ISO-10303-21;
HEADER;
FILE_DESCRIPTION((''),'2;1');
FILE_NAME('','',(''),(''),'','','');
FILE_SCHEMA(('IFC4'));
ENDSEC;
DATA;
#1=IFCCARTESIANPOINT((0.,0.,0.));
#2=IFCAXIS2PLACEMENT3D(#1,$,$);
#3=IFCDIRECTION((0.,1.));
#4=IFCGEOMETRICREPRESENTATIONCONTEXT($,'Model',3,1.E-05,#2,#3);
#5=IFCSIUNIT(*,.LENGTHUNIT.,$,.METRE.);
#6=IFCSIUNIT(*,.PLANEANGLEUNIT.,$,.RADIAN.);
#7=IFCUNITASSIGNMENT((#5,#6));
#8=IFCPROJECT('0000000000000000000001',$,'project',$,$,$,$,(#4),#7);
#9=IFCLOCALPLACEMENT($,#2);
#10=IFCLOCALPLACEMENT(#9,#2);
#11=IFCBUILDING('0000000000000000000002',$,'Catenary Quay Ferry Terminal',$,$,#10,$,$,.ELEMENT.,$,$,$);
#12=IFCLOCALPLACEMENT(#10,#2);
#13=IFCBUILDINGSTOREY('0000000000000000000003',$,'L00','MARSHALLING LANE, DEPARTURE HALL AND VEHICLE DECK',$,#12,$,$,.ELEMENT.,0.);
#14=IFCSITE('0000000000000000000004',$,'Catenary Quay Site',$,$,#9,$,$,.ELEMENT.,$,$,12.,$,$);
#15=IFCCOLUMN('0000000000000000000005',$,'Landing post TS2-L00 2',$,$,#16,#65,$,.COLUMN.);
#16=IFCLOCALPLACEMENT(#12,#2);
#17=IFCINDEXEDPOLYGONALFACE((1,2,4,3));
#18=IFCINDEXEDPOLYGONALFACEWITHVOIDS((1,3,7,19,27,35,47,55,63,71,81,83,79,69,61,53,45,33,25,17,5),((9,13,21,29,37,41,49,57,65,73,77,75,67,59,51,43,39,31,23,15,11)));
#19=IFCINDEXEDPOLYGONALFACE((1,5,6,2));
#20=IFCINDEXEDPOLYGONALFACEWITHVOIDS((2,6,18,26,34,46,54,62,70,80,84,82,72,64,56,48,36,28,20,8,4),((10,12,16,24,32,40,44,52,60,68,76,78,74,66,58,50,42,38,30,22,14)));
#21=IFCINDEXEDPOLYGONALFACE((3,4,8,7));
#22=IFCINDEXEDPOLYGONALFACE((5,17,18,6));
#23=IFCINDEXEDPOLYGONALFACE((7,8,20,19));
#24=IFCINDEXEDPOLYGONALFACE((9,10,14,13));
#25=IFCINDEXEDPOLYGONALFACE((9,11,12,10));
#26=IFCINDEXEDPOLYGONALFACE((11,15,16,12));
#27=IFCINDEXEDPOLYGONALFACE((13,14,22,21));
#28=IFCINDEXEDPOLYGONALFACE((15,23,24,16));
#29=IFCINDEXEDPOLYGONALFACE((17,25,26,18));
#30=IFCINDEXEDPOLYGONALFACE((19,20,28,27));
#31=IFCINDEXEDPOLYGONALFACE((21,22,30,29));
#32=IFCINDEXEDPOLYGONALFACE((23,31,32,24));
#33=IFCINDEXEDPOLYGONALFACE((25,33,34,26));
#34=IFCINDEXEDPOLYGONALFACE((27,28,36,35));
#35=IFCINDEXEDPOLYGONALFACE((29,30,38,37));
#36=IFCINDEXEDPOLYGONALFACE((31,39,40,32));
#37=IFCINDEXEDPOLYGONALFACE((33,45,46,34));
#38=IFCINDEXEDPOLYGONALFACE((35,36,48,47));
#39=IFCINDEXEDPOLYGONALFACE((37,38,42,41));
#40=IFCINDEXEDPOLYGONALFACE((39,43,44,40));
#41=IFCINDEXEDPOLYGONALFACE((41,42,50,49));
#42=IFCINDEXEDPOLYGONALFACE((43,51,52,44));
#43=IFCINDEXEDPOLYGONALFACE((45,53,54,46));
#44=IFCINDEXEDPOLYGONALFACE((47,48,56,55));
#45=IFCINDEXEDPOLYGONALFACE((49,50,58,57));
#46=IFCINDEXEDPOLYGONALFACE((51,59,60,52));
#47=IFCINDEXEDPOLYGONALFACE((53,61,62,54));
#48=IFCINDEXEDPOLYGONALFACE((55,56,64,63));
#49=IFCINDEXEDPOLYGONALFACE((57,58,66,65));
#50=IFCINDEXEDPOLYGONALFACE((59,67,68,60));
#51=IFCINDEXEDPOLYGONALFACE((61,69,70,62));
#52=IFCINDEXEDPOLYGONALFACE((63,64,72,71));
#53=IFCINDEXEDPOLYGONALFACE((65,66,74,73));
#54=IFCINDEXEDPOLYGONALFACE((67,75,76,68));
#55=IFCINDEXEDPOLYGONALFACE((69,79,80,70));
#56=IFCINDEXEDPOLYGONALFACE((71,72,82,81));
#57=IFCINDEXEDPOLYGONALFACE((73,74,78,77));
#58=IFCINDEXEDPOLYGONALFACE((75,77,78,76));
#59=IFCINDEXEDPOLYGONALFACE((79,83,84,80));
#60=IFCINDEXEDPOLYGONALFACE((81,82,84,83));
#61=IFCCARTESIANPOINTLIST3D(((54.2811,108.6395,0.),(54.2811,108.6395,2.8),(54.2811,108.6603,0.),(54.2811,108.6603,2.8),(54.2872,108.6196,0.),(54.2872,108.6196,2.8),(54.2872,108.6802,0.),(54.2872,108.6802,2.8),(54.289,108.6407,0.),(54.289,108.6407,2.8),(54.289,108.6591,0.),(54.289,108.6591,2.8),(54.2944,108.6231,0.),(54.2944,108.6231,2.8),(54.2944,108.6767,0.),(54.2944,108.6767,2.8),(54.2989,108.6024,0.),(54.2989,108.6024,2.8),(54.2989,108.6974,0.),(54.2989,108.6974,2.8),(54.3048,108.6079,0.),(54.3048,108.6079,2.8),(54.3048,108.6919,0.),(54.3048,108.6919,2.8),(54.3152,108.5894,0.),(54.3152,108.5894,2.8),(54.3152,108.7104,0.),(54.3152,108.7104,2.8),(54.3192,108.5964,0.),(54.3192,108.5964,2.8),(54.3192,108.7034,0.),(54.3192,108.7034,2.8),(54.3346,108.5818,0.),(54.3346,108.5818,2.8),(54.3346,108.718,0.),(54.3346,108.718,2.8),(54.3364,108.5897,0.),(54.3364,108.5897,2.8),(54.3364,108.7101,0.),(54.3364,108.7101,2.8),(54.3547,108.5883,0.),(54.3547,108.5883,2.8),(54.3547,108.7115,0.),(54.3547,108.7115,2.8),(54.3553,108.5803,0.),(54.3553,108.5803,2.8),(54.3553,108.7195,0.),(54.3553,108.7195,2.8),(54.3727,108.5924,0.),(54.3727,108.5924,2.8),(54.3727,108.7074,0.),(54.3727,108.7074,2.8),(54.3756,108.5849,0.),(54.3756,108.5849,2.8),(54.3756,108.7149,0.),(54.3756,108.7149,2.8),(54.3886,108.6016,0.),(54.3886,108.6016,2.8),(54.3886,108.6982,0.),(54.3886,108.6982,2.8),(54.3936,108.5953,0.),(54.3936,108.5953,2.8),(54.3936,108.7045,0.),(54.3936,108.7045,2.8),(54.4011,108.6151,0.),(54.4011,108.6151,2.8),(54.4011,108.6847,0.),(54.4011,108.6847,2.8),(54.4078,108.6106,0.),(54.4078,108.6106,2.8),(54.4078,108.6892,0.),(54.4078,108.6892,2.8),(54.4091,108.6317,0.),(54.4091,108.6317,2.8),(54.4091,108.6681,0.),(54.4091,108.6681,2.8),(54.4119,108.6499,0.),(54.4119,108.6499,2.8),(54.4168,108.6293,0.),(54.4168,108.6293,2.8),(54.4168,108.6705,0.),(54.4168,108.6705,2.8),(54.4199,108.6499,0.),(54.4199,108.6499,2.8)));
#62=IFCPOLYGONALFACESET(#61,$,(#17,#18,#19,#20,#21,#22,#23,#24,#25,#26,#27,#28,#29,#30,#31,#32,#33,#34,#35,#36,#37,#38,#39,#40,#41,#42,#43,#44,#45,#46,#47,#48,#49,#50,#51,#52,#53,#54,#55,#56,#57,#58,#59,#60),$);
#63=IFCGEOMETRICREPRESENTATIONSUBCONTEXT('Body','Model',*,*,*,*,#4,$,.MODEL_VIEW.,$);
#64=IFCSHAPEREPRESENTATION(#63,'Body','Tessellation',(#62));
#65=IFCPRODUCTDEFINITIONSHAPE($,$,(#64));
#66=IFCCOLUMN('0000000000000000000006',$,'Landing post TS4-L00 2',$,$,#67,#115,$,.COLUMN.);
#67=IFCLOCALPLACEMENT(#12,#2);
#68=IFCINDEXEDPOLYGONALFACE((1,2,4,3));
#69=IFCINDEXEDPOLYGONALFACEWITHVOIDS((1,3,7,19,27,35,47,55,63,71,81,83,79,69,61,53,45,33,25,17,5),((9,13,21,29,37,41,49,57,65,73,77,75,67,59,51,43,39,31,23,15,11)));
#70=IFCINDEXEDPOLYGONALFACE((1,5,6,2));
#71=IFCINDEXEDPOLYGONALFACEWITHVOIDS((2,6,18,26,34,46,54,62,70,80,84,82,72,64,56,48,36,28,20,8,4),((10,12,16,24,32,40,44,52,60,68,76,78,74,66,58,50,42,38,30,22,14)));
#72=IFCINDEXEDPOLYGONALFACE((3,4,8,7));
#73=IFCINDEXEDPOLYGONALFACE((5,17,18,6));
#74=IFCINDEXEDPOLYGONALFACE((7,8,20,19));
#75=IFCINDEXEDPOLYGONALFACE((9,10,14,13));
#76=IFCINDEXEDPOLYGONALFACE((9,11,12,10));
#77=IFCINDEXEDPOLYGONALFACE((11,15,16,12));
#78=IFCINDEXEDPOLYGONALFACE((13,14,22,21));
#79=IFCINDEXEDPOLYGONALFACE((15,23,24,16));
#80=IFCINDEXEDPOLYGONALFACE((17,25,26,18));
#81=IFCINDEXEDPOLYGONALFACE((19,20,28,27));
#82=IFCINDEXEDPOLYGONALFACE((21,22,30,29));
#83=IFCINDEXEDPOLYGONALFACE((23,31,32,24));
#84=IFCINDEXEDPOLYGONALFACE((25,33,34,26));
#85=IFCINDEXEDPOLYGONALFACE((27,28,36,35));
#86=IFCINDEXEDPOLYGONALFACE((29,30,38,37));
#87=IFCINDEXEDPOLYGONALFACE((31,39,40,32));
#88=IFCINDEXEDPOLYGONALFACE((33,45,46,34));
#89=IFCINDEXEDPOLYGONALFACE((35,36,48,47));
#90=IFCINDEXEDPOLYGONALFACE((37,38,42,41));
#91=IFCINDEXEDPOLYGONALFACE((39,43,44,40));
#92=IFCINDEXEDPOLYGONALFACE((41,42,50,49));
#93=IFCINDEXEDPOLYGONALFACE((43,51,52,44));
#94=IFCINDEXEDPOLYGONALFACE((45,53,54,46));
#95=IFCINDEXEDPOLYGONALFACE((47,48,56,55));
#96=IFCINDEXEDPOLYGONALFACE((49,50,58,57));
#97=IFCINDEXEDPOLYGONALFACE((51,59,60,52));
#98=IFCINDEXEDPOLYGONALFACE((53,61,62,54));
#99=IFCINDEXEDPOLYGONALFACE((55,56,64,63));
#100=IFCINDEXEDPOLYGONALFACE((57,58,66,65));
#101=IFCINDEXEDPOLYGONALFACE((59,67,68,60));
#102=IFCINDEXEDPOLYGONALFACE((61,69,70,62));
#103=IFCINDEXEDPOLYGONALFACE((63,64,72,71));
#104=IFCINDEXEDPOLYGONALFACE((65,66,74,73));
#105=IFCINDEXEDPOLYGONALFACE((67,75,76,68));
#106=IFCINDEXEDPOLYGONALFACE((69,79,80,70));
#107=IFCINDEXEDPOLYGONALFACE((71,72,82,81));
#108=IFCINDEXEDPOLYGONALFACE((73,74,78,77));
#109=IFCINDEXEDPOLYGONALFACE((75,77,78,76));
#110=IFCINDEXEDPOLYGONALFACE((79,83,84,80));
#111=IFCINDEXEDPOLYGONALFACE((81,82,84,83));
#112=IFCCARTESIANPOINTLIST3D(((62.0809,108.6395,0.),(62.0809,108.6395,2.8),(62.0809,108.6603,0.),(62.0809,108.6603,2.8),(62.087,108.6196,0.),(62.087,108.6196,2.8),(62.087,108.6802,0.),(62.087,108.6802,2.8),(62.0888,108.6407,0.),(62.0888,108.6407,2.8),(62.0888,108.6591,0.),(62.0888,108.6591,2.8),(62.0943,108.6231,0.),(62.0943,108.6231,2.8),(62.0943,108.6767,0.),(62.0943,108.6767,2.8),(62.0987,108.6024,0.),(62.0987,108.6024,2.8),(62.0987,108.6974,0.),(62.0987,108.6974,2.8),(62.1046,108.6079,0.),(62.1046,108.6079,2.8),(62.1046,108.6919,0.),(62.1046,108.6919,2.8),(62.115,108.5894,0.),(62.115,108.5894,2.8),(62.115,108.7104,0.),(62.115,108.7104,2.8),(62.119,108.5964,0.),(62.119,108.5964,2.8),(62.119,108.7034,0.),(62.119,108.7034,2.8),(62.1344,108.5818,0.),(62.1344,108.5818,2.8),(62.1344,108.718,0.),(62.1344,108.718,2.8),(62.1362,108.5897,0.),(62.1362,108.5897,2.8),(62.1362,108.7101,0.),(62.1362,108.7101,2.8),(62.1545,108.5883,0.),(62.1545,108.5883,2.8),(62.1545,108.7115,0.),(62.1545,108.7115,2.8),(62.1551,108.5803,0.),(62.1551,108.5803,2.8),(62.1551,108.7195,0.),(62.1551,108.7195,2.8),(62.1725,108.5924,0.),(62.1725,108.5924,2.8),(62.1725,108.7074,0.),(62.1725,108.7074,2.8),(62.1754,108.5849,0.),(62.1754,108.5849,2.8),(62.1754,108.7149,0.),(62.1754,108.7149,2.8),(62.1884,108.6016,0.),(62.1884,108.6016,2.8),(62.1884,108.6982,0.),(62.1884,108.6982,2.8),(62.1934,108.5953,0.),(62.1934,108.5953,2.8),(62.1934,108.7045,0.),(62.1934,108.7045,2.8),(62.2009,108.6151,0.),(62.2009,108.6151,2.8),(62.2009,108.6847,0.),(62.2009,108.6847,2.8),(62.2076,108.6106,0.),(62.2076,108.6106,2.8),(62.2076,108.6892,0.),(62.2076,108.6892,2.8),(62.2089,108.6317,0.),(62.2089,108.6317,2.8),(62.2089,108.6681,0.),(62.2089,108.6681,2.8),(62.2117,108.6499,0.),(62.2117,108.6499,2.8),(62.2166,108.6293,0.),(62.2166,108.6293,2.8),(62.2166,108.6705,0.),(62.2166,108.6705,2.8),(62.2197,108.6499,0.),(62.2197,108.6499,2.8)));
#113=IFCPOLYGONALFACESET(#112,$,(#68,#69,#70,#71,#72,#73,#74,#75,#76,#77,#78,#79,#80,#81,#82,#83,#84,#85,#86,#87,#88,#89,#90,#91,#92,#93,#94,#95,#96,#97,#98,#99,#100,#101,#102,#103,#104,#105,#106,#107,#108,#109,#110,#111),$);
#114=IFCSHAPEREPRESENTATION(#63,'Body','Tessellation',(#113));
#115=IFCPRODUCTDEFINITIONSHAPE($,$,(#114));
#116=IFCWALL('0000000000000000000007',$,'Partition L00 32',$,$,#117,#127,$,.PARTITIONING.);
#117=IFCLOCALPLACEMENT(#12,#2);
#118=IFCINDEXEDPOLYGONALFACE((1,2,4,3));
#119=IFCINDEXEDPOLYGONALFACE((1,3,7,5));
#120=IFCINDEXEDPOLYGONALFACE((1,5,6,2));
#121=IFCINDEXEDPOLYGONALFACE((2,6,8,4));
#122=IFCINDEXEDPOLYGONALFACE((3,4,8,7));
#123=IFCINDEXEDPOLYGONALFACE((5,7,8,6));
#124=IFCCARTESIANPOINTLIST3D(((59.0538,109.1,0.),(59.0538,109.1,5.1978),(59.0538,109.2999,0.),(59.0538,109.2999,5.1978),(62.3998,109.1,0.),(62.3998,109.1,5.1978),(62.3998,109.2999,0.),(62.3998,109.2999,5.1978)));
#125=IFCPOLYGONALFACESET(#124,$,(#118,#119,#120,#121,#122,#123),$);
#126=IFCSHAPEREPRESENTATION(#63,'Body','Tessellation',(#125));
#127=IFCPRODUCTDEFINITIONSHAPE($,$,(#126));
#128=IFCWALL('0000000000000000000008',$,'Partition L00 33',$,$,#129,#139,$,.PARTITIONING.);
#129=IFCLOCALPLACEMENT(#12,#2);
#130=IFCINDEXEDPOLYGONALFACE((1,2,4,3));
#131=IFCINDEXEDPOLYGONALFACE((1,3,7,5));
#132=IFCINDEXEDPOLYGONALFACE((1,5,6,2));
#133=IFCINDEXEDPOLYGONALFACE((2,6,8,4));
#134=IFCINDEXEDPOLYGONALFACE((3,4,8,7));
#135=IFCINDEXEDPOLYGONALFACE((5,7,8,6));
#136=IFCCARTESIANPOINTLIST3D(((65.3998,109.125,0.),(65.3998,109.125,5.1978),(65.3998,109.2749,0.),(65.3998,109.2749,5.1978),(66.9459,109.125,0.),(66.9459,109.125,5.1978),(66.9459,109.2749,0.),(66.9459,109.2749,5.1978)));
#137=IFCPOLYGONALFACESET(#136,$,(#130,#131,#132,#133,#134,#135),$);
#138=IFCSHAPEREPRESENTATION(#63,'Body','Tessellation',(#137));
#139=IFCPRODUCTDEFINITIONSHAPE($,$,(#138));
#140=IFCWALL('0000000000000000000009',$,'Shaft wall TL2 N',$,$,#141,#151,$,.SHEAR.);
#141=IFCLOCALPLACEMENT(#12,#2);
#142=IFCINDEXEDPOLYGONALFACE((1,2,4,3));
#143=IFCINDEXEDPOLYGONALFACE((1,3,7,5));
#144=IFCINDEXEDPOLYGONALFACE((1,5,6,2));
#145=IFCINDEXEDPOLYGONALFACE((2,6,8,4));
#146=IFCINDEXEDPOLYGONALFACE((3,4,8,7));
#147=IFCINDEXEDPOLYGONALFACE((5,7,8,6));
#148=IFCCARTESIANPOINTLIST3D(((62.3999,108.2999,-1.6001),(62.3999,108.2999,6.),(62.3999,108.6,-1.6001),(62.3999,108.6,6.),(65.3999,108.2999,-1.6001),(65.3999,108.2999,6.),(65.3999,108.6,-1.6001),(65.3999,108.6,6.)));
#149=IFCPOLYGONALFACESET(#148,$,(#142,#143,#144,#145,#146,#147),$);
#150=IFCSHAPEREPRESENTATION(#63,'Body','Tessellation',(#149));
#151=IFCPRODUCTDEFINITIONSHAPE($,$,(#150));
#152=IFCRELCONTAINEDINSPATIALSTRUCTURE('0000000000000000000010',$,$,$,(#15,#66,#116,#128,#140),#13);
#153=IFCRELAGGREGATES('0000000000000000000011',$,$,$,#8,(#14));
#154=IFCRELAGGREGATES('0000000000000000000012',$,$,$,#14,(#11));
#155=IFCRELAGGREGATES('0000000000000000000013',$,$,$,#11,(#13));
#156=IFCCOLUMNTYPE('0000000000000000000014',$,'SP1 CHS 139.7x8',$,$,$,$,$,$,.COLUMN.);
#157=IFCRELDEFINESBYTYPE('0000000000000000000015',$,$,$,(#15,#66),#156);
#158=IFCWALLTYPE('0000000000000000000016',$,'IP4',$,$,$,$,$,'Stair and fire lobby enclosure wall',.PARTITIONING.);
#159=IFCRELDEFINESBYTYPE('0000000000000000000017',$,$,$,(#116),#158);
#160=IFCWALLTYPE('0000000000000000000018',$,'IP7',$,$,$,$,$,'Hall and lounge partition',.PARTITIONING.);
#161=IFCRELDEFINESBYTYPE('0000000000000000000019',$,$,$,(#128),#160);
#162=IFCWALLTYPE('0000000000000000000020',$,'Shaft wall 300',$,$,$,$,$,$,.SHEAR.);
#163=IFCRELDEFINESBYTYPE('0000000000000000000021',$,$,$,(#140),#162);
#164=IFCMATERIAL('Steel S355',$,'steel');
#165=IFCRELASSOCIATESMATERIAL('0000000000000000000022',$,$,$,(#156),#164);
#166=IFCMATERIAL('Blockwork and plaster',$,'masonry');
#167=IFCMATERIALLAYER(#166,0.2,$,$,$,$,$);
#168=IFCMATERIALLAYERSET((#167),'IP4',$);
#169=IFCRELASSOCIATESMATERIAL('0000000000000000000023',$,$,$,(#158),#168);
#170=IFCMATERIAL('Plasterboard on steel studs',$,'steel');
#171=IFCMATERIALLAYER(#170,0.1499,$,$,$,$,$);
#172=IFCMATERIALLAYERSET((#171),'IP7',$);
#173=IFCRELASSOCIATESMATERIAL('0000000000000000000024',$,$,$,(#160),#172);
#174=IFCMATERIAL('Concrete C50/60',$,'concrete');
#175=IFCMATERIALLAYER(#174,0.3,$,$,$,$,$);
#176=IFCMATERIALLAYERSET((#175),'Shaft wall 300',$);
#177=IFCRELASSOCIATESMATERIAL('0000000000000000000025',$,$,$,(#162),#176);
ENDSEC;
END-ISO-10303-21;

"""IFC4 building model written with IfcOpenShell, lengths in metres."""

from ifc_helpers import new_model, si_unit, direction, frame, frame_2d, origin, origin_2d, place, context, subcontext, project, spatial, rectangle, hollow_circle, extrude, material, layer, layer_set, material_profile, profile_set, type_object, element, save


model = new_model("IFC4")

# Units and contexts
model_context = context("Model", 3, precision=1e-05, world=origin(), true_north=direction((0.0, 1.0)))
body_context = subcontext(model_context, "Body", "Model", "MODEL_VIEW")
ifc_project = project(units=[si_unit("LENGTHUNIT", "METRE"), si_unit("PLANEANGLEUNIT", "RADIAN")], contexts=[model_context])

# Site, building, storey
site_placement = place(None, origin())
site = spatial("IfcSite", under=ifc_project, at=site_placement, Name="Catenary Quay Site", CompositionType="ELEMENT", RefElevation=12.0)
building_placement = place(site_placement, origin())
building = spatial("IfcBuilding", under=site, at=building_placement, Name="Catenary Quay Ferry Terminal", CompositionType="ELEMENT")
storey_placement = place(building_placement, origin())
storey = spatial("IfcBuildingStorey", under=building, at=storey_placement, Name="L00", Description="MARSHALLING LANE, DEPARTURE HALL AND VEHICLE DECK", CompositionType="ELEMENT", Elevation=0.0)

# Columns
ifc_material_1 = material(Name="Steel S355", Category="steel")
ifc_material_profile_1 = material_profile(ifc_material_1, hollow_circle(Radius=0.0698, WallThickness=0.0081, at=origin_2d()), Name="CHS 139.7x8")
ifc_profile_set_1 = profile_set([ifc_material_profile_1], Name="Steel S355")
column_type_1 = type_object("IfcColumnType", Name="SP1 CHS 139.7x8", PredefinedType="COLUMN", material=ifc_profile_set_1)
for number, where, z_axis, x_axis, name in (
    (1, (54.3501, 108.6499, 0.0), (0.0, 0.0, 1.0), (1.0, 0.0, 0.0), "Landing post TS2-L00 2"),
    (2, (62.1499, 108.6499, 0.0), (0.0, 0.0, 1.0), (1.0, 0.0, 0.0), "Landing post TS4-L00 2"),
):
    element("IfcColumn", number, at=place(storey_placement, frame(where, z_axis=z_axis, x_axis=x_axis)), inside=storey, type_object=column_type_1, Name=name, PredefinedType="COLUMN", context=body_context, shape_type="SweptSolid", body=[
        extrude(hollow_circle(Radius=0.0698, WallThickness=0.0081, at=origin_2d()), origin(), (0.0, 0.0, 1.0), 2.8),
    ])

# Walls
ifc_material_2 = material(Name="Blockwork and plaster", Category="masonry")
ifc_layer_1 = layer(ifc_material_2, 0.2)
ifc_layer_set_1 = layer_set([ifc_layer_1], Name="IP4")
wall_type_1 = type_object("IfcWallType", Name="IP4", ElementType="Stair and fire lobby enclosure wall", PredefinedType="PARTITIONING", material=ifc_layer_set_1)
wall_1_placement = place(storey_placement, frame((59.054, 109.2, 0.0), z_axis=(0.0, 0.0, 1.0), x_axis=(1.0, 0.0, 0.0)))
element("IfcWall", 3, at=wall_1_placement, inside=storey, type_object=wall_type_1, Name="Partition L00 32", PredefinedType="PARTITIONING", context=body_context, shape_type="SweptSolid", body=[
    extrude(rectangle(XDim=3.3459, YDim=0.2, at=frame_2d((1.6729, 0.0))), origin(), (0.0, 0.0, 1.0), 5.1978),
])
ifc_material_3 = material(Name="Plasterboard on steel studs", Category="steel")
ifc_layer_2 = layer(ifc_material_3, 0.1499)
ifc_layer_set_2 = layer_set([ifc_layer_2], Name="IP7")
wall_type_2 = type_object("IfcWallType", Name="IP7", ElementType="Hall and lounge partition", PredefinedType="PARTITIONING", material=ifc_layer_set_2)
wall_2_placement = place(storey_placement, frame((65.3999, 109.2, 0.0), z_axis=(0.0, 0.0, 1.0), x_axis=(1.0, 0.0, 0.0)))
element("IfcWall", 4, at=wall_2_placement, inside=storey, type_object=wall_type_2, Name="Partition L00 33", PredefinedType="PARTITIONING", context=body_context, shape_type="SweptSolid", body=[
    extrude(rectangle(XDim=1.5461, YDim=0.1499, at=frame_2d((0.7729, 0.0))), origin(), (0.0, 0.0, 1.0), 5.1978),
])
ifc_material_4 = material(Name="Concrete C50/60", Category="concrete")
ifc_layer_3 = layer(ifc_material_4, 0.3)
ifc_layer_set_3 = layer_set([ifc_layer_3], Name="Shaft wall 300")
wall_type_3 = type_object("IfcWallType", Name="Shaft wall 300", PredefinedType="SHEAR", material=ifc_layer_set_3)
wall_3_placement = place(storey_placement, frame((62.3999, 108.45, -1.6001), z_axis=(0.0, 0.0, 1.0), x_axis=(1.0, 0.0, 0.0)))
element("IfcWall", 5, at=wall_3_placement, inside=storey, type_object=wall_type_3, Name="Shaft wall TL2 N", PredefinedType="SHEAR", context=body_context, shape_type="SweptSolid", body=[
    extrude(rectangle(XDim=3.0, YDim=0.3, at=frame_2d((1.5, 0.0))), origin(), (0.0, 0.0, 1.0), 7.6001),
])

save(model, "model.ifc")
